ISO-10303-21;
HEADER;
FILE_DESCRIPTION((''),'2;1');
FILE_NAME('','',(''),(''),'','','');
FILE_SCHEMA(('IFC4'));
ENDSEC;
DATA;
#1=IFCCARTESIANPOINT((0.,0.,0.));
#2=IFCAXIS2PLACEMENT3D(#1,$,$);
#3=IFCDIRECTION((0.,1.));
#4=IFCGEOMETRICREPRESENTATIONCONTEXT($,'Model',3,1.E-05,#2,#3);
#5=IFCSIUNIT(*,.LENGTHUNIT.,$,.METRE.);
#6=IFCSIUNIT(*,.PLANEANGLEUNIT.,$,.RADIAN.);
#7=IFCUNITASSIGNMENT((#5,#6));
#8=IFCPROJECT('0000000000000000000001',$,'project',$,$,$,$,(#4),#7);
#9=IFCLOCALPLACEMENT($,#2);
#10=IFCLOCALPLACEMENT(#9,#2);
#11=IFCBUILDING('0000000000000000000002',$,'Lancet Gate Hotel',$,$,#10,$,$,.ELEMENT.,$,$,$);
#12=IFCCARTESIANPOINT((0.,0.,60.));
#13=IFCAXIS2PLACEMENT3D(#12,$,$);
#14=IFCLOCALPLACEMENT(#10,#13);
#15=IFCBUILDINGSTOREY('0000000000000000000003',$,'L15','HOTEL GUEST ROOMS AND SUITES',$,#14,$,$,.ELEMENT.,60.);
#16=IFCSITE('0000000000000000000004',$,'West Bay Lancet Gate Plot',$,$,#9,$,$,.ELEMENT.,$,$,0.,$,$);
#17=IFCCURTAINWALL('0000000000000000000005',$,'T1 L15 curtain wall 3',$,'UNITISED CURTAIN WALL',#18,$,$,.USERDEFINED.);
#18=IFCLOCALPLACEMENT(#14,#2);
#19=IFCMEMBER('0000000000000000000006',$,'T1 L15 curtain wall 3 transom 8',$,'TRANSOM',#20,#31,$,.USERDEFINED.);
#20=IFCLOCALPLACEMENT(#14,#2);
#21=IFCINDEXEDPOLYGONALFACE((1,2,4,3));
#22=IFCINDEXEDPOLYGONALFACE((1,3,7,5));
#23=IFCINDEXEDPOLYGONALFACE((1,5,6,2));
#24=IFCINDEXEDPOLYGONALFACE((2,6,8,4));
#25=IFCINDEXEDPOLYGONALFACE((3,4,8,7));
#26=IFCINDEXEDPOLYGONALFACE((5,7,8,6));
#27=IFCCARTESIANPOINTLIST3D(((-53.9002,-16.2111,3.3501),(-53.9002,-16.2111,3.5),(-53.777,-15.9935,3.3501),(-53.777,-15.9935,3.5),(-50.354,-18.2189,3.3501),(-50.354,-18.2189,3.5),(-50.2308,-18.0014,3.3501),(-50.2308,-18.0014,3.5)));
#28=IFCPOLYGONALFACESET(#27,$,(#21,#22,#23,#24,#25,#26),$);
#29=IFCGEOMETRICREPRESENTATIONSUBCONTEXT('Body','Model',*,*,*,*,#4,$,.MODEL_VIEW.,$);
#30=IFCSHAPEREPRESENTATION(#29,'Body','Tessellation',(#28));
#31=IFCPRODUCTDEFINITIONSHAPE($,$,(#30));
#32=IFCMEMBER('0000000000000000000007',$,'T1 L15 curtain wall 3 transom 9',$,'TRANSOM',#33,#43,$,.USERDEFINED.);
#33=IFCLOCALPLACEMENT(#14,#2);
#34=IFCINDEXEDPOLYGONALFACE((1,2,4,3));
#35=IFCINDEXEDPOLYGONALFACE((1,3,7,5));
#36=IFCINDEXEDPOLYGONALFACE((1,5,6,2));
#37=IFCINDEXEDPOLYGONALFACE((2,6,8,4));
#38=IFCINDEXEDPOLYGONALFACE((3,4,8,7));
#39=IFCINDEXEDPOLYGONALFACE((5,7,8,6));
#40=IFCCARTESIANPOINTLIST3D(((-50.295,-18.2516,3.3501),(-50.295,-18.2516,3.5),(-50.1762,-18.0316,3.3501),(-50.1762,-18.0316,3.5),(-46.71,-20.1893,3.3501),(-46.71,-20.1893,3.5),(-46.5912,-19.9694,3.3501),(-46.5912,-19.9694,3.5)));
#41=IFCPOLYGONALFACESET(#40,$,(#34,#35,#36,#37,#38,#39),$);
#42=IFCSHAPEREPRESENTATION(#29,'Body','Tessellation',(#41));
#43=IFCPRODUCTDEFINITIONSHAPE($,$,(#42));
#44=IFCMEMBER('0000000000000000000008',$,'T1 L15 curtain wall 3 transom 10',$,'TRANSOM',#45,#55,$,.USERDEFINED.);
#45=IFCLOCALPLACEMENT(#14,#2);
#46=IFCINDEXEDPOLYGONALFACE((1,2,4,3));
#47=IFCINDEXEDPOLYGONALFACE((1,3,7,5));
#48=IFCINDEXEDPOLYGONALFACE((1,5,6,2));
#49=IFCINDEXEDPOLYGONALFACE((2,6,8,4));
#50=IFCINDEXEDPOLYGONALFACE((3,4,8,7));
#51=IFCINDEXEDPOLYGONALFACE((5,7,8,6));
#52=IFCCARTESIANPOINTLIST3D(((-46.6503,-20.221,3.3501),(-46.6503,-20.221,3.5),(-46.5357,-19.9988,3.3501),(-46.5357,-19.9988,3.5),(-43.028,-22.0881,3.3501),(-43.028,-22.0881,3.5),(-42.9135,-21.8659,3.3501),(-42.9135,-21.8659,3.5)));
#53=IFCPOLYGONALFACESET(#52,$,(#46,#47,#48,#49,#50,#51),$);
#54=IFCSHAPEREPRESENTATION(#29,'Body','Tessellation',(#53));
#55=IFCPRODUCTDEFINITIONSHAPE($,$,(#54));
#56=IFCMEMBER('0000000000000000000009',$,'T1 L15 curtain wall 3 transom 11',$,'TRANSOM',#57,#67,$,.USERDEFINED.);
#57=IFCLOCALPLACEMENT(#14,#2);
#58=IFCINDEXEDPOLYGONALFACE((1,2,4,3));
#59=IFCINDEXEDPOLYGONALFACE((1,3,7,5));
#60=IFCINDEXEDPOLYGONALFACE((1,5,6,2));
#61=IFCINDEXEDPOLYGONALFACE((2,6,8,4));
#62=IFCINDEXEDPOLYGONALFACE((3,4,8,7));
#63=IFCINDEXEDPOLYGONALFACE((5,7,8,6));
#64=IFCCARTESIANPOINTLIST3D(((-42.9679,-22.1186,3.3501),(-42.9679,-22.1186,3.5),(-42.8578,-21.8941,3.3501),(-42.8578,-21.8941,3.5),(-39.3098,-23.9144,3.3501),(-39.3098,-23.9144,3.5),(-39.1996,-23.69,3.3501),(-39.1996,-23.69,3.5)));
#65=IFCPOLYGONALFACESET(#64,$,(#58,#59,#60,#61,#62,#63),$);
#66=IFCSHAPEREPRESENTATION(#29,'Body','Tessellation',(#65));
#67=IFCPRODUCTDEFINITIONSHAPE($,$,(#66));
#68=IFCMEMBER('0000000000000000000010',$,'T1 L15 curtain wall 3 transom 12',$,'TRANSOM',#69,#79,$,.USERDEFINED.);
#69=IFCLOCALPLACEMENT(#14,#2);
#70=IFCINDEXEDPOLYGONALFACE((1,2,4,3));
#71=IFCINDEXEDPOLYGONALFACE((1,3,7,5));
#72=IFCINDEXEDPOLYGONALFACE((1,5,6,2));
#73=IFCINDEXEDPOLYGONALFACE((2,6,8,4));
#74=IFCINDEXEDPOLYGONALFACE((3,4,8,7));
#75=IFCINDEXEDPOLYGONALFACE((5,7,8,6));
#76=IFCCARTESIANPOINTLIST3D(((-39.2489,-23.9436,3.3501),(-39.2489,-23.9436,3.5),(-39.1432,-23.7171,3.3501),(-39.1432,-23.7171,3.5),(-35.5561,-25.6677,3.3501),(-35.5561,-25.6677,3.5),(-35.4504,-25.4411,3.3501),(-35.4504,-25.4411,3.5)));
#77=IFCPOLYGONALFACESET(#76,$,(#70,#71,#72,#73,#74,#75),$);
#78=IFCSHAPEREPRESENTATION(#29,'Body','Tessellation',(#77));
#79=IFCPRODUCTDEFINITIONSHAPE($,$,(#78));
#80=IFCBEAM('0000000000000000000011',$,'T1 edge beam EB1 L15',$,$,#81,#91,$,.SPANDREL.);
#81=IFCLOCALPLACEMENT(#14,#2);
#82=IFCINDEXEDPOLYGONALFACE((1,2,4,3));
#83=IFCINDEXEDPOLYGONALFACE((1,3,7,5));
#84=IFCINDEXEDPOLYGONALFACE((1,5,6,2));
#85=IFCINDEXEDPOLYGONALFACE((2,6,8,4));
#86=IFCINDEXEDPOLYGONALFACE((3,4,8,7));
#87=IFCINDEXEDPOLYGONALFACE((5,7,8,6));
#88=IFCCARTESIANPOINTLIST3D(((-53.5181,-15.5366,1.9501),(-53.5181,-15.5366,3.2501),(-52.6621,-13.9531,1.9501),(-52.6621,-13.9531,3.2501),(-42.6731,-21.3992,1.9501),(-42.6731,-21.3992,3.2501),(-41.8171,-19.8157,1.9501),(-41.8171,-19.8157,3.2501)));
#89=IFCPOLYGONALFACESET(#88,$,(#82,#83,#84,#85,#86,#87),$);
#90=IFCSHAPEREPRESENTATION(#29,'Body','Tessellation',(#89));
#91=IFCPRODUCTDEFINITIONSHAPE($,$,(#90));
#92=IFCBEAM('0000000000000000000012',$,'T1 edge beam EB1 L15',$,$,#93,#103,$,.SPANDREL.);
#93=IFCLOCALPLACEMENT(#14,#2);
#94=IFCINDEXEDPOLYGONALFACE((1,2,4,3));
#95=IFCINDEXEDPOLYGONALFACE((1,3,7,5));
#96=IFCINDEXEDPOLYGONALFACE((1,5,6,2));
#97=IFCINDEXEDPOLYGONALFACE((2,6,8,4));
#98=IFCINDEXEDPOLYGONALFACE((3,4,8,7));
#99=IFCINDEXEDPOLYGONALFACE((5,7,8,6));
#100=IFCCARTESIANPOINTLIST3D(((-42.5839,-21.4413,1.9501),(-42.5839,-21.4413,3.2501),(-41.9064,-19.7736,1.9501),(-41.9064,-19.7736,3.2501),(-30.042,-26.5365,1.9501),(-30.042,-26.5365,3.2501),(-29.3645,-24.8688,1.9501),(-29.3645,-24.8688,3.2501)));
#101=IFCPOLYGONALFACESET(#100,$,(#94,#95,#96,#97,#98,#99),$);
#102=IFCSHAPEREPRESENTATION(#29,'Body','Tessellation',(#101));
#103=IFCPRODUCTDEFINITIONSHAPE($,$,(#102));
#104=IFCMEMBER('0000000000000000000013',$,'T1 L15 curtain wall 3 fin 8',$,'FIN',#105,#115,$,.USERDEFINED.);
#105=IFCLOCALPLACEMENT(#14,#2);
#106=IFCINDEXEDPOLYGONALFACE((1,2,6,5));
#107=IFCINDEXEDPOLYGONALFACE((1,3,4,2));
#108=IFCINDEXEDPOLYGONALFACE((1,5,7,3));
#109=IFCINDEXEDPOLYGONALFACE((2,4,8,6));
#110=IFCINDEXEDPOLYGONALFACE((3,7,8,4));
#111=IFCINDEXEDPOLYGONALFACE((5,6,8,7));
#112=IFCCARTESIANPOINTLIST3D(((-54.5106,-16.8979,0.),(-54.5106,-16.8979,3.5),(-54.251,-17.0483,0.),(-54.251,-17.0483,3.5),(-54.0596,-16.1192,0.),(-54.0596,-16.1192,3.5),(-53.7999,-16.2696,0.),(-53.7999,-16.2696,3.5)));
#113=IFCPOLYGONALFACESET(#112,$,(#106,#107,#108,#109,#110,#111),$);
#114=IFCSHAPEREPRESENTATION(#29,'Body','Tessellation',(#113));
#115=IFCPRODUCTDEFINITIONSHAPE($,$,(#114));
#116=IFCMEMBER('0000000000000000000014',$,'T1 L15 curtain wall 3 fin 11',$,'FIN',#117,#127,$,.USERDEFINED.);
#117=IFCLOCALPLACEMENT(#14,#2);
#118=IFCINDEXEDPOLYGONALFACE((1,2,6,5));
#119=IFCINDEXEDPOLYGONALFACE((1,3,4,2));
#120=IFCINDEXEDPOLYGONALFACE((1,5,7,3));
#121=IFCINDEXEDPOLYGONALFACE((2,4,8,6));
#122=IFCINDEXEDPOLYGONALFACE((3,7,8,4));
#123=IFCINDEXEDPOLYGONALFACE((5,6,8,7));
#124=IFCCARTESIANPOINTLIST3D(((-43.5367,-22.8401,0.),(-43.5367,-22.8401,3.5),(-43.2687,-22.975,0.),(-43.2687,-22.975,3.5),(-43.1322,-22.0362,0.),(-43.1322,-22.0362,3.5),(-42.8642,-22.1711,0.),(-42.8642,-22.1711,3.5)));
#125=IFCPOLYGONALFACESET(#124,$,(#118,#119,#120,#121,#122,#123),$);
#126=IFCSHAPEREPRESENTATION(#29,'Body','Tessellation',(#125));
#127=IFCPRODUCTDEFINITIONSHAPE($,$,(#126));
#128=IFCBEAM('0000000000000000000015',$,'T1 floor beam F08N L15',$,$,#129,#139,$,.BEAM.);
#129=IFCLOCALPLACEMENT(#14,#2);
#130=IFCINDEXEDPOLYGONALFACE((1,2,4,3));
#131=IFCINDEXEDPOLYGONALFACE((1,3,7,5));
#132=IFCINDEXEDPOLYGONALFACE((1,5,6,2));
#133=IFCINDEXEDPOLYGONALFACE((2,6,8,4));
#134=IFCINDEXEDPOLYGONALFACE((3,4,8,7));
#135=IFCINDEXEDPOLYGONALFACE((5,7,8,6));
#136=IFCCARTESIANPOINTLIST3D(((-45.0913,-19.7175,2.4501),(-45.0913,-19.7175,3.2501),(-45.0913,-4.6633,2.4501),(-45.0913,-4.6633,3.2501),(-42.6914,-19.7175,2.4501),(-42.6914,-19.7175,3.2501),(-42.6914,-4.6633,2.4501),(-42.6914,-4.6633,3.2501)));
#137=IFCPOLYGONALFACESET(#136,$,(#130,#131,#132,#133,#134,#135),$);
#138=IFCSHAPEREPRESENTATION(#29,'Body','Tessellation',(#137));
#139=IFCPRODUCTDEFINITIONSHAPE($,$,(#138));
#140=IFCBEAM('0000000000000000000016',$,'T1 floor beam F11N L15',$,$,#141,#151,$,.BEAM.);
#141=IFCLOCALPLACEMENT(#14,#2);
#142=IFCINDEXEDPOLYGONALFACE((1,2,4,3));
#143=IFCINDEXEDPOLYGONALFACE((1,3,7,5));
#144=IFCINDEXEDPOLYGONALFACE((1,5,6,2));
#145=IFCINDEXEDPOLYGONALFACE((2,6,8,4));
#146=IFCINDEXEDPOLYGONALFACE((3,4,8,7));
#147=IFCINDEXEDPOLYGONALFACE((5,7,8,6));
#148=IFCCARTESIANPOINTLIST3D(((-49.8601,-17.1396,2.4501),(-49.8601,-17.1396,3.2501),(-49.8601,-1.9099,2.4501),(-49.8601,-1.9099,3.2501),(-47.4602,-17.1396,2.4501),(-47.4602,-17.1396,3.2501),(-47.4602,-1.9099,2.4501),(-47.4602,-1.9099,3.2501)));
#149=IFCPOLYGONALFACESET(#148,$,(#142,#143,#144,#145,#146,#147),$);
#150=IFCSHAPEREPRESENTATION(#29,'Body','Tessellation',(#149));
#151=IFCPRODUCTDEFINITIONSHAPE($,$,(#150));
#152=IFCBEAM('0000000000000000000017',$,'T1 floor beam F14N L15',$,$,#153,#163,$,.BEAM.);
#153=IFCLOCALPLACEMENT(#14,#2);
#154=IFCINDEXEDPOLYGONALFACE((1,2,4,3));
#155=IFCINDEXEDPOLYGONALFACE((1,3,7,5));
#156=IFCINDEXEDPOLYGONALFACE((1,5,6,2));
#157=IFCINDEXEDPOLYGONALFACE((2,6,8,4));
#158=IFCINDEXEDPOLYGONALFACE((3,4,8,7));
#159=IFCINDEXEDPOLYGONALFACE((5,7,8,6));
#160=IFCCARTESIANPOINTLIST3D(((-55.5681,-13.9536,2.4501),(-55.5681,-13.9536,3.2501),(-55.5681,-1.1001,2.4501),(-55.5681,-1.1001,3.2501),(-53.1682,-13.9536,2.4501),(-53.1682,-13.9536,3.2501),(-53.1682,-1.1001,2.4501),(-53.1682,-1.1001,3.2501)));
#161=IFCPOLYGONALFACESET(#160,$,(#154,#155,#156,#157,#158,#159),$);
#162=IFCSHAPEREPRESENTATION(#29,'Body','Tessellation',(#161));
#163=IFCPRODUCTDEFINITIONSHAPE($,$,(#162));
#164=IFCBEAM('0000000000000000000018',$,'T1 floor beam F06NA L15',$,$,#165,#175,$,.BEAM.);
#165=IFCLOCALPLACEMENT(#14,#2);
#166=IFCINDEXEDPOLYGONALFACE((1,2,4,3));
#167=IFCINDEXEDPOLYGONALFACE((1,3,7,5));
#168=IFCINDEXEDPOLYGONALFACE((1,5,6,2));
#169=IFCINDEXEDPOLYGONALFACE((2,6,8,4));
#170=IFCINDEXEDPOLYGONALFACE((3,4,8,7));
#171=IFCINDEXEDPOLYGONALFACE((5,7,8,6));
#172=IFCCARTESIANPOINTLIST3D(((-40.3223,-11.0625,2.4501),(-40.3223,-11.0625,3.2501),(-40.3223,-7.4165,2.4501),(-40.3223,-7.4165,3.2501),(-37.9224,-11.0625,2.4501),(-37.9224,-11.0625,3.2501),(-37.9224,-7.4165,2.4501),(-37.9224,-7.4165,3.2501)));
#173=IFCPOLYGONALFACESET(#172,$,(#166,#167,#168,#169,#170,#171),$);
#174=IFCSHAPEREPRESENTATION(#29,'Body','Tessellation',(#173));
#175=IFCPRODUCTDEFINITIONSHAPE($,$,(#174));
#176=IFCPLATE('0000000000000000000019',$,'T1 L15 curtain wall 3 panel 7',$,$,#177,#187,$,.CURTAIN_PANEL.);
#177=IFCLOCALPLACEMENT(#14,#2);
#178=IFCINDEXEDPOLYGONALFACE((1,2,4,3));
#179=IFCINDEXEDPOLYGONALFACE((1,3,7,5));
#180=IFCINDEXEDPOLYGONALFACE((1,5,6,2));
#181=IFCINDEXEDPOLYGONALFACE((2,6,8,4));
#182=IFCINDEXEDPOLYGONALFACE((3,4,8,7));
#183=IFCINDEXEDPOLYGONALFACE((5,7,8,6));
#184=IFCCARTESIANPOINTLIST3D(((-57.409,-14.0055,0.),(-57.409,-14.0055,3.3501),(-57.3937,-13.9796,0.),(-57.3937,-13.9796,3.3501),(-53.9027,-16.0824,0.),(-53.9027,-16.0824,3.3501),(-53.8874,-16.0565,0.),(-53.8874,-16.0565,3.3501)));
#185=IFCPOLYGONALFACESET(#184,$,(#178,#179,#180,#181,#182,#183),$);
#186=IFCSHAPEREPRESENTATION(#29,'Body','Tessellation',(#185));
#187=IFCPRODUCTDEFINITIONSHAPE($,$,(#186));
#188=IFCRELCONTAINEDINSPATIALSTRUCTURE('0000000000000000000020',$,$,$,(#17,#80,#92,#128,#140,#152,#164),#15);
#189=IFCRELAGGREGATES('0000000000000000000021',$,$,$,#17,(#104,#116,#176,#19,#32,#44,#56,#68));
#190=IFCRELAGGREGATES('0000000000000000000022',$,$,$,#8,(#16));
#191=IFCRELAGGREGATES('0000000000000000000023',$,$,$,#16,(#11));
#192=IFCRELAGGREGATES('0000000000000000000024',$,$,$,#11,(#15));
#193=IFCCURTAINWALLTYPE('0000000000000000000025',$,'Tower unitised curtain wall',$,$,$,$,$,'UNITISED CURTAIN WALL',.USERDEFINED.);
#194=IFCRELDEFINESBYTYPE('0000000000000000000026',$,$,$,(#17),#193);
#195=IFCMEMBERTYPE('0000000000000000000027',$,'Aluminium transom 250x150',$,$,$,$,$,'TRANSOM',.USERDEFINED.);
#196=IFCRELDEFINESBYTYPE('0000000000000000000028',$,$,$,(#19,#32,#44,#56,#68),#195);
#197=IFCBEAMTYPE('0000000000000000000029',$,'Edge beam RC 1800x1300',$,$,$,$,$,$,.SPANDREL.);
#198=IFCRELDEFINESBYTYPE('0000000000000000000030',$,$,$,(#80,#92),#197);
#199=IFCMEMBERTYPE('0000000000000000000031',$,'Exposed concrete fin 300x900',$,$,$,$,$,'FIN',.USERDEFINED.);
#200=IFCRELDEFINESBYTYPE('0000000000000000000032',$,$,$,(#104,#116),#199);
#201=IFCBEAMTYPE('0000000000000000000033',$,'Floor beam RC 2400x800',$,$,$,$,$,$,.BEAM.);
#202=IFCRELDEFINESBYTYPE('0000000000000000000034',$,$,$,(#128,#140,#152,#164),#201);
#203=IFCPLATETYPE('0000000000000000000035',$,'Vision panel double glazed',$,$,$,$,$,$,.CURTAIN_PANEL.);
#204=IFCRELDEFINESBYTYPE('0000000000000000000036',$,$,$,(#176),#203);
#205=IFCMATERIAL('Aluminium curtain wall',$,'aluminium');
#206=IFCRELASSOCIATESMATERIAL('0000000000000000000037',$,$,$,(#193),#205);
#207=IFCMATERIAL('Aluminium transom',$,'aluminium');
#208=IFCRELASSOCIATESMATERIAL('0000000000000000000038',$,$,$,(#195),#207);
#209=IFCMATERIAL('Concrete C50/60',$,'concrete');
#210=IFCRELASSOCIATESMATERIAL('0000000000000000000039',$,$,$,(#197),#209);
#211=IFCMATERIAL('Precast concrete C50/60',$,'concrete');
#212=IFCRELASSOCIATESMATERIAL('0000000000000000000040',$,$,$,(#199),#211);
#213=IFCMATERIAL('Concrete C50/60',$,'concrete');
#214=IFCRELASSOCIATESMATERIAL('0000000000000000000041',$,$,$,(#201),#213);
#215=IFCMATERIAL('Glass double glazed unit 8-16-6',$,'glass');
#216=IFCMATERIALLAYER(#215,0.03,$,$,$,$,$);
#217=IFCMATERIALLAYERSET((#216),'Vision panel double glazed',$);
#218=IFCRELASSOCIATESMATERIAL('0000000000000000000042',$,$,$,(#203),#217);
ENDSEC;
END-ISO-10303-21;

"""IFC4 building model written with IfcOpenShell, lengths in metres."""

from ifc_helpers import new_model, si_unit, direction, frame, origin, origin_2d, place, context, subcontext, project, spatial, rectangle, extrude, material, layer, layer_set, material_profile, profile_set, type_object, element, aggregate, save


model = new_model("IFC4")

# Units and contexts
model_context = context("Model", 3, precision=1e-05, world=origin(), true_north=direction((0.0, 1.0)))
body_context = subcontext(model_context, "Body", "Model", "MODEL_VIEW")
ifc_project = project(units=[si_unit("LENGTHUNIT", "METRE"), si_unit("PLANEANGLEUNIT", "RADIAN")], contexts=[model_context])

# Site, building, storey
site_placement = place(None, origin())
site = spatial("IfcSite", under=ifc_project, at=site_placement, Name="West Bay Lancet Gate Plot", CompositionType="ELEMENT", RefElevation=0.0)
building_placement = place(site_placement, origin())
building = spatial("IfcBuilding", under=site, at=building_placement, Name="Lancet Gate Hotel", CompositionType="ELEMENT")
storey_placement = place(building_placement, frame((0.0, 0.0, 60.0)))
storey = spatial("IfcBuildingStorey", under=building, at=storey_placement, Name="L15", Description="HOTEL GUEST ROOMS AND SUITES", CompositionType="ELEMENT", Elevation=60.0)

# Curtain wall, members
ifc_material_1 = material(Name="Aluminium curtain wall", Category="aluminium")
curtain_wall_type = type_object("IfcCurtainWallType", Name="Tower unitised curtain wall", ElementType="UNITISED CURTAIN WALL", PredefinedType="USERDEFINED", material=ifc_material_1)
curtain_wall_placement = place(storey_placement, origin())
curtain_wall = element("IfcCurtainWall", 1, at=curtain_wall_placement, inside=storey, type_object=curtain_wall_type, Name="T1 L15 curtain wall 3", ObjectType="UNITISED CURTAIN WALL", PredefinedType="USERDEFINED")
ifc_material_2 = material(Name="Aluminium transom", Category="aluminium")
ifc_material_profile_1 = material_profile(ifc_material_2, rectangle(XDim=0.25, YDim=0.1499, at=origin_2d()), Name="TRANSOM 250x150")
ifc_profile_set_1 = profile_set([ifc_material_profile_1], Name="Aluminium transom")
member_type_1 = type_object("IfcMemberType", Name="Aluminium transom 250x150", ElementType="TRANSOM", PredefinedType="USERDEFINED", material=ifc_profile_set_1)
member_1_placement = place(storey_placement, frame((-53.8386, -16.1023, 3.425), z_axis=(0.870198, -0.492703, 0.0), x_axis=(0.492703, 0.870198, 0.0)))
member_1 = element("IfcMember", 2, at=member_1_placement, type_object=member_type_1, Name="T1 L15 curtain wall 3 transom 8", ObjectType="TRANSOM", PredefinedType="USERDEFINED", context=body_context, shape_type="SweptSolid", body=[
    extrude(rectangle(XDim=0.25, YDim=0.1499, at=origin_2d()), origin(), (0.0, 0.0, 1.0), 4.0752),
])
member_2_placement = place(storey_placement, frame((-50.2356, -18.1416, 3.425), z_axis=(0.879714, -0.475503, 0.0), x_axis=(0.475503, 0.879714, 0.0)))
member_2 = element("IfcMember", 3, at=member_2_placement, type_object=member_type_1, Name="T1 L15 curtain wall 3 transom 9", ObjectType="TRANSOM", PredefinedType="USERDEFINED", context=body_context, shape_type="SweptSolid", body=[
    extrude(rectangle(XDim=0.25, YDim=0.1499, at=origin_2d()), origin(), (0.0, 0.0, 1.0), 4.0752),
])
member_3_placement = place(storey_placement, frame((-46.593, -20.1099, 3.425), z_axis=(0.88886, -0.458179, 0.0), x_axis=(0.458179, 0.88886, 0.0)))
member_3 = element("IfcMember", 4, at=member_3_placement, type_object=member_type_1, Name="T1 L15 curtain wall 3 transom 10", ObjectType="TRANSOM", PredefinedType="USERDEFINED", context=body_context, shape_type="SweptSolid", body=[
    extrude(rectangle(XDim=0.25, YDim=0.1499, at=origin_2d()), origin(), (0.0, 0.0, 1.0), 4.0752),
])
member_4_placement = place(storey_placement, frame((-42.9128, -22.0063, 3.425), z_axis=(0.897662, -0.440684, 0.0), x_axis=(0.440684, 0.897662, 0.0)))
member_4 = element("IfcMember", 5, at=member_4_placement, type_object=member_type_1, Name="T1 L15 curtain wall 3 transom 11", ObjectType="TRANSOM", PredefinedType="USERDEFINED", context=body_context, shape_type="SweptSolid", body=[
    extrude(rectangle(XDim=0.25, YDim=0.1499, at=origin_2d()), origin(), (0.0, 0.0, 1.0), 4.0752),
])
member_5_placement = place(storey_placement, frame((-39.196, -23.8303, 3.425), z_axis=(0.90611, -0.423043, 0.0), x_axis=(0.423043, 0.90611, 0.0)))
member_5 = element("IfcMember", 6, at=member_5_placement, type_object=member_type_1, Name="T1 L15 curtain wall 3 transom 12", ObjectType="TRANSOM", PredefinedType="USERDEFINED", context=body_context, shape_type="SweptSolid", body=[
    extrude(rectangle(XDim=0.25, YDim=0.1499, at=origin_2d()), origin(), (0.0, 0.0, 1.0), 4.0754),
])

# Beams
ifc_material_3 = material(Name="Concrete C50/60", Category="concrete")
ifc_material_profile_2 = material_profile(ifc_material_3, rectangle(XDim=1.8, YDim=1.3, at=origin_2d()), Name="RC 1800x1300")
ifc_profile_set_2 = profile_set([ifc_material_profile_2], Name="Concrete C50/60")
beam_type_1 = type_object("IfcBeamType", Name="Edge beam RC 1800x1300", PredefinedType="SPANDREL", material=ifc_profile_set_2)
beam_1_placement = place(storey_placement, frame((-53.0901, -14.7449, 2.6001), z_axis=(0.879693, -0.475542, 0.0), x_axis=(0.475542, 0.879693, 0.0)))
element("IfcBeam", 7, at=beam_1_placement, inside=storey, type_object=beam_type_1, Name="T1 edge beam EB1 L15", PredefinedType="SPANDREL", context=body_context, shape_type="SweptSolid", body=[
    extrude(rectangle(XDim=1.8, YDim=1.3, at=origin_2d()), origin(), (0.0, 0.0, 1.0), 12.3281),
])
beam_2_placement = place(storey_placement, frame((-42.2451, -20.6074, 2.6001), z_axis=(0.926463, -0.376385, 0.0), x_axis=(0.376385, 0.926463, 0.0)))
element("IfcBeam", 8, at=beam_2_placement, inside=storey, type_object=beam_type_1, Name="T1 edge beam EB1 L15", PredefinedType="SPANDREL", context=body_context, shape_type="SweptSolid", body=[
    extrude(rectangle(XDim=1.8, YDim=1.3, at=origin_2d()), origin(), (0.0, 0.0, 1.0), 13.5374),
])

# Members
ifc_material_4 = material(Name="Precast concrete C50/60", Category="concrete")
ifc_material_profile_3 = material_profile(ifc_material_4, rectangle(XDim=0.3, YDim=0.8999, at=origin_2d()), Name="FIN 300x900")
ifc_profile_set_3 = profile_set([ifc_material_profile_3], Name="Precast concrete C50/60")
member_type_2 = type_object("IfcMemberType", Name="Exposed concrete fin 300x900", ElementType="FIN", PredefinedType="USERDEFINED", material=ifc_profile_set_3)
member_6_placement = place(storey_placement, frame((-54.1553, -16.5837, 0.0), z_axis=(0.0, 0.0, 1.0), x_axis=(0.865335, -0.501194, 0.0)))
member_6 = element("IfcMember", 9, at=member_6_placement, type_object=member_type_2, Name="T1 L15 curtain wall 3 fin 8", ObjectType="FIN", PredefinedType="USERDEFINED", context=body_context, shape_type="SweptSolid", body=[
    extrude(rectangle(XDim=0.3, YDim=0.8999, at=origin_2d()), origin(), (0.0, 0.0, 1.0), 3.5),
])
member_7_placement = place(storey_placement, frame((-43.2004, -22.5056, 0.0), z_axis=(0.0, 0.0, 1.0), x_axis=(0.893292, -0.449478, 0.0)))
member_7 = element("IfcMember", 10, at=member_7_placement, type_object=member_type_2, Name="T1 L15 curtain wall 3 fin 11", ObjectType="FIN", PredefinedType="USERDEFINED", context=body_context, shape_type="SweptSolid", body=[
    extrude(rectangle(XDim=0.3, YDim=0.8999, at=origin_2d()), origin(), (0.0, 0.0, 1.0), 3.5),
])

# Beams
ifc_material_5 = material(Name="Concrete C50/60", Category="concrete")
ifc_material_profile_4 = material_profile(ifc_material_5, rectangle(XDim=2.3999, YDim=0.8, at=origin_2d()), Name="RC 2400x800")
ifc_profile_set_4 = profile_set([ifc_material_profile_4], Name="Concrete C50/60")
beam_type_2 = type_object("IfcBeamType", Name="Floor beam RC 2400x800", PredefinedType="BEAM", material=ifc_profile_set_4)
beam_3_placement = place(storey_placement, frame((-43.8914, -4.6633, 2.8501), z_axis=(0.0, -1.0, 0.0), x_axis=(1.0, 0.0, 0.0)))
element("IfcBeam", 11, at=beam_3_placement, inside=storey, type_object=beam_type_2, Name="T1 floor beam F08N L15", PredefinedType="BEAM", context=body_context, shape_type="SweptSolid", body=[
    extrude(rectangle(XDim=2.3999, YDim=0.8, at=origin_2d()), origin(), (0.0, 0.0, 1.0), 15.0542),
])
beam_4_placement = place(storey_placement, frame((-48.6602, -1.9099, 2.8501), z_axis=(0.0, -1.0, 0.0), x_axis=(1.0, 0.0, 0.0)))
element("IfcBeam", 12, at=beam_4_placement, inside=storey, type_object=beam_type_2, Name="T1 floor beam F11N L15", PredefinedType="BEAM", context=body_context, shape_type="SweptSolid", body=[
    extrude(rectangle(XDim=2.3999, YDim=0.8, at=origin_2d()), origin(), (0.0, 0.0, 1.0), 15.2297),
])
beam_5_placement = place(storey_placement, frame((-54.3682, -1.1001, 2.8501), z_axis=(0.0, -1.0, 0.0), x_axis=(1.0, 0.0, 0.0)))
element("IfcBeam", 13, at=beam_5_placement, inside=storey, type_object=beam_type_2, Name="T1 floor beam F14N L15", PredefinedType="BEAM", context=body_context, shape_type="SweptSolid", body=[
    extrude(rectangle(XDim=2.3999, YDim=0.8, at=origin_2d()), origin(), (0.0, 0.0, 1.0), 12.8535),
])
beam_6_placement = place(storey_placement, frame((-39.1223, -7.4165, 2.8501), z_axis=(0.0, -1.0, 0.0), x_axis=(1.0, 0.0, 0.0)))
element("IfcBeam", 14, at=beam_6_placement, inside=storey, type_object=beam_type_2, Name="T1 floor beam F06NA L15", PredefinedType="BEAM", context=body_context, shape_type="SweptSolid", body=[
    extrude(rectangle(XDim=2.3999, YDim=0.8, at=origin_2d()), origin(), (0.0, 0.0, 1.0), 3.646),
])

# Plate
ifc_material_6 = material(Name="Glass double glazed unit 8-16-6", Category="glass")
ifc_layer_1 = layer(ifc_material_6, 0.03)
ifc_layer_set_1 = layer_set([ifc_layer_1], Name="Vision panel double glazed")
plate_type = type_object("IfcPlateType", Name="Vision panel double glazed", PredefinedType="CURTAIN_PANEL", material=ifc_layer_set_1)
plate_1_placement = place(storey_placement, frame((-55.6482, -15.031, 0.0), z_axis=(0.0, 0.0, 1.0), x_axis=(0.860382, -0.50965, 0.0)))
plate_1 = element("IfcPlate", 15, at=plate_1_placement, type_object=plate_type, Name="T1 L15 curtain wall 3 panel 7", PredefinedType="CURTAIN_PANEL", context=body_context, shape_type="SweptSolid", body=[
    extrude(rectangle(XDim=4.0752, YDim=0.03, at=origin_2d()), origin(), (0.0, 0.0, 1.0), 3.3501),
])
aggregate(curtain_wall, [member_6, member_7, plate_1, member_1, member_2, member_3, member_4, member_5])

save(model, "model.ifc")
